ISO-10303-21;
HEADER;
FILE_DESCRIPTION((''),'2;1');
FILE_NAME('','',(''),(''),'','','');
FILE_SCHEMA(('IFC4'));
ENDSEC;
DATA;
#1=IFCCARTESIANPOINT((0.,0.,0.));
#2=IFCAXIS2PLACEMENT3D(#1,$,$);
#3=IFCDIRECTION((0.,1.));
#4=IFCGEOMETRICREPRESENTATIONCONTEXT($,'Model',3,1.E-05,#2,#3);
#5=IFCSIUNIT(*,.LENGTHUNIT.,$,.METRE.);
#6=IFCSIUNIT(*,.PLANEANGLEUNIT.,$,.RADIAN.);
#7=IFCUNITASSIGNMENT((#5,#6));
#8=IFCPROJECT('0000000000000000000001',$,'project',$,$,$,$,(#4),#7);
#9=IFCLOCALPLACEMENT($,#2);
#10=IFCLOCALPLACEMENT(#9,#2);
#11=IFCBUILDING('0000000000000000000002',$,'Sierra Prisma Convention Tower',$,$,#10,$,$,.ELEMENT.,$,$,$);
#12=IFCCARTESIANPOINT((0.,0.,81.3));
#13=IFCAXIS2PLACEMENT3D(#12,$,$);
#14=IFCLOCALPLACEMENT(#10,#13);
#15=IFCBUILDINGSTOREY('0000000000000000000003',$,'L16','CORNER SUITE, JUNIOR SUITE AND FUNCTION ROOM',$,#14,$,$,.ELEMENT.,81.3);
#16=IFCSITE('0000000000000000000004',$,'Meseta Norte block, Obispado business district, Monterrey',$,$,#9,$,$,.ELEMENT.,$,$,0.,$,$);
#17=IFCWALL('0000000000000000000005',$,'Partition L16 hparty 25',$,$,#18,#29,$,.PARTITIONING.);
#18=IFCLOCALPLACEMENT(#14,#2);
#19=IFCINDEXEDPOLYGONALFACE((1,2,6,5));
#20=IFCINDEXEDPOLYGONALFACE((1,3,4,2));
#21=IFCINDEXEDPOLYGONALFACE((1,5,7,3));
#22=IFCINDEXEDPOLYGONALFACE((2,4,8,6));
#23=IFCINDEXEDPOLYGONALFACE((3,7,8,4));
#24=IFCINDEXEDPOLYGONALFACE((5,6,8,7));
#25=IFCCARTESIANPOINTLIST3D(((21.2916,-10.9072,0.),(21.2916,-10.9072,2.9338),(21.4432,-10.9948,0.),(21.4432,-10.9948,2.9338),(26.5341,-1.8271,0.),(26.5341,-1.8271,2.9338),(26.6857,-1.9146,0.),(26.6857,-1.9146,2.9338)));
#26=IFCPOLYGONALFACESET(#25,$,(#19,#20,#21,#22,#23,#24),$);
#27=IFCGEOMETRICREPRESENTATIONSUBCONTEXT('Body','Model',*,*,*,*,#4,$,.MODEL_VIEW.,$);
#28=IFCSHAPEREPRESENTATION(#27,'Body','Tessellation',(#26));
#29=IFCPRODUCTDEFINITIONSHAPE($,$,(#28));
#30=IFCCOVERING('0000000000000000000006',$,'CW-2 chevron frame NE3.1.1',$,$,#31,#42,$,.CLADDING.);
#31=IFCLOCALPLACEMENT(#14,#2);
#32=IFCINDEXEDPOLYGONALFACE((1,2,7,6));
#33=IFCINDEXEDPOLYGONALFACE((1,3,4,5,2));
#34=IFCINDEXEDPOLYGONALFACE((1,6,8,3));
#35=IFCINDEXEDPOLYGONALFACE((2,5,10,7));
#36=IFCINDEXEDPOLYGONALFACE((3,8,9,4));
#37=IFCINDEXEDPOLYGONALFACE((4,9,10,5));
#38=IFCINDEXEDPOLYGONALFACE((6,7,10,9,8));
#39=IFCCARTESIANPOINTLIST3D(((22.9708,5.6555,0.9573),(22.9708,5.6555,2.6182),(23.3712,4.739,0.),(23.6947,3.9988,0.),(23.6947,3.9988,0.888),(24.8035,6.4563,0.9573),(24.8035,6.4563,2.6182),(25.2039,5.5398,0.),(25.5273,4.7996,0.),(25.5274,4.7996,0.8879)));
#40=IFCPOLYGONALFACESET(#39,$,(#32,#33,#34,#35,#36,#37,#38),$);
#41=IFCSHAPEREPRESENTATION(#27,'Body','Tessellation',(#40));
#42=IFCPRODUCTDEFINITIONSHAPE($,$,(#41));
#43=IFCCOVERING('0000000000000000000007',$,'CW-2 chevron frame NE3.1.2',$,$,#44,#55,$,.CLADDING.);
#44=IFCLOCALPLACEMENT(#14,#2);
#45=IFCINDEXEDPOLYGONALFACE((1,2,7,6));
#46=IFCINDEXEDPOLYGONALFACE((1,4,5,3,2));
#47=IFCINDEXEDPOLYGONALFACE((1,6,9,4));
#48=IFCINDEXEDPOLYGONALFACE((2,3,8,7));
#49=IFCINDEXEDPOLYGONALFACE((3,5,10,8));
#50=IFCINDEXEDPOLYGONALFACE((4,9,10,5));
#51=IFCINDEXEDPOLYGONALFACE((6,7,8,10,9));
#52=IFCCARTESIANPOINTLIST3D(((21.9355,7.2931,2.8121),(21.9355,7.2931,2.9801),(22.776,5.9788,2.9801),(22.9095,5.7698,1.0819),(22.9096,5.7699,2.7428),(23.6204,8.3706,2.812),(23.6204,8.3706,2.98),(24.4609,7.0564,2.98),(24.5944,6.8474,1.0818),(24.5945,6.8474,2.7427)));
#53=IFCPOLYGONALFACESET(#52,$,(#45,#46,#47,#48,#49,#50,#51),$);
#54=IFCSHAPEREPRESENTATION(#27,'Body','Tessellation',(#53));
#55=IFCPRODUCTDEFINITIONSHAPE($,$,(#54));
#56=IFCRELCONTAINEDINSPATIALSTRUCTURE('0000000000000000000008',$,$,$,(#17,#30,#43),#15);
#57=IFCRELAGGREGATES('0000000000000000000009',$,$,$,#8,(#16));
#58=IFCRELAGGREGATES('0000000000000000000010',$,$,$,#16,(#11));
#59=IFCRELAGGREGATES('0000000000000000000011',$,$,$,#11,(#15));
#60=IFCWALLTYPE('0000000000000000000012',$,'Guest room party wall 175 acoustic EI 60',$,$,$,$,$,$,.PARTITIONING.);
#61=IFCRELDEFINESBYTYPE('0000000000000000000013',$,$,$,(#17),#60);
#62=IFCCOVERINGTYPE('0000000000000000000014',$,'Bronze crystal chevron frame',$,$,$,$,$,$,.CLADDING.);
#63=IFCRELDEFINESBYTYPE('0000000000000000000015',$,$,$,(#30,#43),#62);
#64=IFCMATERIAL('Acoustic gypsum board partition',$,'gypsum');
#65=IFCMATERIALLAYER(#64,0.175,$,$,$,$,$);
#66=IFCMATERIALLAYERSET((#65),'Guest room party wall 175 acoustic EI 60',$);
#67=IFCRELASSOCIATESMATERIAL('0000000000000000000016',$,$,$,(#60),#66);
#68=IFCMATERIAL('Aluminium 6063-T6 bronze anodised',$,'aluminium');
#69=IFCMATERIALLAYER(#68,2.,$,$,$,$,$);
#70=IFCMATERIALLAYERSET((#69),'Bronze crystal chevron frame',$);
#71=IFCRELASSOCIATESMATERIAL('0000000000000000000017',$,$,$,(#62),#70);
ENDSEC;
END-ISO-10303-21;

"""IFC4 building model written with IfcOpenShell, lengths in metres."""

from ifc_helpers import new_model, si_unit, direction, frame, frame_2d, origin, place, context, subcontext, project, spatial, polyline, rectangle, outline, extrude, material, layer, layer_set, type_object, element, save


model = new_model("IFC4")

# Units and contexts
model_context = context("Model", 3, precision=1e-05, world=origin(), true_north=direction((0.0, 1.0)))
body_context = subcontext(model_context, "Body", "Model", "MODEL_VIEW")
ifc_project = project(units=[si_unit("LENGTHUNIT", "METRE"), si_unit("PLANEANGLEUNIT", "RADIAN")], contexts=[model_context])

# Site, building, storey
site_placement = place(None, origin())
site = spatial("IfcSite", under=ifc_project, at=site_placement, Name="Meseta Norte block, Obispado business district, Monterrey", CompositionType="ELEMENT", RefElevation=0.0)
building_placement = place(site_placement, origin())
building = spatial("IfcBuilding", under=site, at=building_placement, Name="Sierra Prisma Convention Tower", CompositionType="ELEMENT")
storey_placement = place(building_placement, frame((0.0, 0.0, 81.3)))
storey = spatial("IfcBuildingStorey", under=building, at=storey_placement, Name="L16", Description="CORNER SUITE, JUNIOR SUITE AND FUNCTION ROOM", CompositionType="ELEMENT", Elevation=81.3)

# Wall
ifc_material_1 = material(Name="Acoustic gypsum board partition", Category="gypsum")
ifc_layer_1 = layer(ifc_material_1, 0.175)
ifc_layer_set_1 = layer_set([ifc_layer_1], Name="Guest room party wall 175 acoustic EI 60")
wall_type_1 = type_object("IfcWallType", Name="Guest room party wall 175 acoustic EI 60", PredefinedType="PARTITIONING", material=ifc_layer_set_1)
wall_1_placement = place(storey_placement, frame((26.6099, -1.8708, 0.0), z_axis=(0.0, 0.0, 1.0), x_axis=(-0.500003, -0.866024, 0.0)))
element("IfcWall", 1, at=wall_1_placement, inside=storey, type_object=wall_type_1, Name="Partition L16 hparty 25", PredefinedType="PARTITIONING", context=body_context, shape_type="SweptSolid", body=[
    extrude(rectangle(XDim=10.4849, YDim=0.175, at=frame_2d((5.2424, 0.0))), origin(), (0.0, 0.0, 1.0), 2.9338),
])

# Coverings
ifc_material_2 = material(Name="Aluminium 6063-T6 bronze anodised", Category="aluminium")
ifc_layer_2 = layer(ifc_material_2, 2.0)
ifc_layer_set_2 = layer_set([ifc_layer_2], Name="Bronze crystal chevron frame")
covering_type = type_object("IfcCoveringType", Name="Bronze crystal chevron frame", PredefinedType="CLADDING", material=ifc_layer_set_2)
covering_1_placement = place(storey_placement, frame((25.5273, 4.7996, 0.0), z_axis=(0.916346, 0.400388, -0.000017), x_axis=(-0.400388, 0.916346, 0.0)))
element("IfcCovering", 2, at=covering_1_placement, inside=storey, type_object=covering_type, Name="CW-2 chevron frame NE3.1.1", PredefinedType="CLADDING", context=body_context, shape_type="SweptSolid", body=[
    extrude(outline(polyline([(0.0, 0.0), (0.8078, 0.0), (1.808, 0.9573), (1.808, 2.6182), (0.0, 0.8879), (0.0, 0.0)])), origin(), (0.0, 0.0, -1.0), 2.0),
])
covering_2_placement = place(storey_placement, frame((24.5945, 6.8474, 2.7427), z_axis=(0.84245, 0.538775, -0.000044), x_axis=(-0.000037, -0.000024, -1.0)))
element("IfcCovering", 3, at=covering_2_placement, inside=storey, type_object=covering_type, Name="CW-2 chevron frame NE3.1.2", PredefinedType="CLADDING", context=body_context, shape_type="SweptSolid", body=[
    extrude(outline(polyline([(0.0, 0.0), (1.6609, 0.0), (-0.0693, 1.808), (-0.2373, 1.808), (-0.2373, 0.248), (0.0, 0.0)])), origin(), (0.0, 0.0, -1.0), 2.0),
])

save(model, "model.ifc")
